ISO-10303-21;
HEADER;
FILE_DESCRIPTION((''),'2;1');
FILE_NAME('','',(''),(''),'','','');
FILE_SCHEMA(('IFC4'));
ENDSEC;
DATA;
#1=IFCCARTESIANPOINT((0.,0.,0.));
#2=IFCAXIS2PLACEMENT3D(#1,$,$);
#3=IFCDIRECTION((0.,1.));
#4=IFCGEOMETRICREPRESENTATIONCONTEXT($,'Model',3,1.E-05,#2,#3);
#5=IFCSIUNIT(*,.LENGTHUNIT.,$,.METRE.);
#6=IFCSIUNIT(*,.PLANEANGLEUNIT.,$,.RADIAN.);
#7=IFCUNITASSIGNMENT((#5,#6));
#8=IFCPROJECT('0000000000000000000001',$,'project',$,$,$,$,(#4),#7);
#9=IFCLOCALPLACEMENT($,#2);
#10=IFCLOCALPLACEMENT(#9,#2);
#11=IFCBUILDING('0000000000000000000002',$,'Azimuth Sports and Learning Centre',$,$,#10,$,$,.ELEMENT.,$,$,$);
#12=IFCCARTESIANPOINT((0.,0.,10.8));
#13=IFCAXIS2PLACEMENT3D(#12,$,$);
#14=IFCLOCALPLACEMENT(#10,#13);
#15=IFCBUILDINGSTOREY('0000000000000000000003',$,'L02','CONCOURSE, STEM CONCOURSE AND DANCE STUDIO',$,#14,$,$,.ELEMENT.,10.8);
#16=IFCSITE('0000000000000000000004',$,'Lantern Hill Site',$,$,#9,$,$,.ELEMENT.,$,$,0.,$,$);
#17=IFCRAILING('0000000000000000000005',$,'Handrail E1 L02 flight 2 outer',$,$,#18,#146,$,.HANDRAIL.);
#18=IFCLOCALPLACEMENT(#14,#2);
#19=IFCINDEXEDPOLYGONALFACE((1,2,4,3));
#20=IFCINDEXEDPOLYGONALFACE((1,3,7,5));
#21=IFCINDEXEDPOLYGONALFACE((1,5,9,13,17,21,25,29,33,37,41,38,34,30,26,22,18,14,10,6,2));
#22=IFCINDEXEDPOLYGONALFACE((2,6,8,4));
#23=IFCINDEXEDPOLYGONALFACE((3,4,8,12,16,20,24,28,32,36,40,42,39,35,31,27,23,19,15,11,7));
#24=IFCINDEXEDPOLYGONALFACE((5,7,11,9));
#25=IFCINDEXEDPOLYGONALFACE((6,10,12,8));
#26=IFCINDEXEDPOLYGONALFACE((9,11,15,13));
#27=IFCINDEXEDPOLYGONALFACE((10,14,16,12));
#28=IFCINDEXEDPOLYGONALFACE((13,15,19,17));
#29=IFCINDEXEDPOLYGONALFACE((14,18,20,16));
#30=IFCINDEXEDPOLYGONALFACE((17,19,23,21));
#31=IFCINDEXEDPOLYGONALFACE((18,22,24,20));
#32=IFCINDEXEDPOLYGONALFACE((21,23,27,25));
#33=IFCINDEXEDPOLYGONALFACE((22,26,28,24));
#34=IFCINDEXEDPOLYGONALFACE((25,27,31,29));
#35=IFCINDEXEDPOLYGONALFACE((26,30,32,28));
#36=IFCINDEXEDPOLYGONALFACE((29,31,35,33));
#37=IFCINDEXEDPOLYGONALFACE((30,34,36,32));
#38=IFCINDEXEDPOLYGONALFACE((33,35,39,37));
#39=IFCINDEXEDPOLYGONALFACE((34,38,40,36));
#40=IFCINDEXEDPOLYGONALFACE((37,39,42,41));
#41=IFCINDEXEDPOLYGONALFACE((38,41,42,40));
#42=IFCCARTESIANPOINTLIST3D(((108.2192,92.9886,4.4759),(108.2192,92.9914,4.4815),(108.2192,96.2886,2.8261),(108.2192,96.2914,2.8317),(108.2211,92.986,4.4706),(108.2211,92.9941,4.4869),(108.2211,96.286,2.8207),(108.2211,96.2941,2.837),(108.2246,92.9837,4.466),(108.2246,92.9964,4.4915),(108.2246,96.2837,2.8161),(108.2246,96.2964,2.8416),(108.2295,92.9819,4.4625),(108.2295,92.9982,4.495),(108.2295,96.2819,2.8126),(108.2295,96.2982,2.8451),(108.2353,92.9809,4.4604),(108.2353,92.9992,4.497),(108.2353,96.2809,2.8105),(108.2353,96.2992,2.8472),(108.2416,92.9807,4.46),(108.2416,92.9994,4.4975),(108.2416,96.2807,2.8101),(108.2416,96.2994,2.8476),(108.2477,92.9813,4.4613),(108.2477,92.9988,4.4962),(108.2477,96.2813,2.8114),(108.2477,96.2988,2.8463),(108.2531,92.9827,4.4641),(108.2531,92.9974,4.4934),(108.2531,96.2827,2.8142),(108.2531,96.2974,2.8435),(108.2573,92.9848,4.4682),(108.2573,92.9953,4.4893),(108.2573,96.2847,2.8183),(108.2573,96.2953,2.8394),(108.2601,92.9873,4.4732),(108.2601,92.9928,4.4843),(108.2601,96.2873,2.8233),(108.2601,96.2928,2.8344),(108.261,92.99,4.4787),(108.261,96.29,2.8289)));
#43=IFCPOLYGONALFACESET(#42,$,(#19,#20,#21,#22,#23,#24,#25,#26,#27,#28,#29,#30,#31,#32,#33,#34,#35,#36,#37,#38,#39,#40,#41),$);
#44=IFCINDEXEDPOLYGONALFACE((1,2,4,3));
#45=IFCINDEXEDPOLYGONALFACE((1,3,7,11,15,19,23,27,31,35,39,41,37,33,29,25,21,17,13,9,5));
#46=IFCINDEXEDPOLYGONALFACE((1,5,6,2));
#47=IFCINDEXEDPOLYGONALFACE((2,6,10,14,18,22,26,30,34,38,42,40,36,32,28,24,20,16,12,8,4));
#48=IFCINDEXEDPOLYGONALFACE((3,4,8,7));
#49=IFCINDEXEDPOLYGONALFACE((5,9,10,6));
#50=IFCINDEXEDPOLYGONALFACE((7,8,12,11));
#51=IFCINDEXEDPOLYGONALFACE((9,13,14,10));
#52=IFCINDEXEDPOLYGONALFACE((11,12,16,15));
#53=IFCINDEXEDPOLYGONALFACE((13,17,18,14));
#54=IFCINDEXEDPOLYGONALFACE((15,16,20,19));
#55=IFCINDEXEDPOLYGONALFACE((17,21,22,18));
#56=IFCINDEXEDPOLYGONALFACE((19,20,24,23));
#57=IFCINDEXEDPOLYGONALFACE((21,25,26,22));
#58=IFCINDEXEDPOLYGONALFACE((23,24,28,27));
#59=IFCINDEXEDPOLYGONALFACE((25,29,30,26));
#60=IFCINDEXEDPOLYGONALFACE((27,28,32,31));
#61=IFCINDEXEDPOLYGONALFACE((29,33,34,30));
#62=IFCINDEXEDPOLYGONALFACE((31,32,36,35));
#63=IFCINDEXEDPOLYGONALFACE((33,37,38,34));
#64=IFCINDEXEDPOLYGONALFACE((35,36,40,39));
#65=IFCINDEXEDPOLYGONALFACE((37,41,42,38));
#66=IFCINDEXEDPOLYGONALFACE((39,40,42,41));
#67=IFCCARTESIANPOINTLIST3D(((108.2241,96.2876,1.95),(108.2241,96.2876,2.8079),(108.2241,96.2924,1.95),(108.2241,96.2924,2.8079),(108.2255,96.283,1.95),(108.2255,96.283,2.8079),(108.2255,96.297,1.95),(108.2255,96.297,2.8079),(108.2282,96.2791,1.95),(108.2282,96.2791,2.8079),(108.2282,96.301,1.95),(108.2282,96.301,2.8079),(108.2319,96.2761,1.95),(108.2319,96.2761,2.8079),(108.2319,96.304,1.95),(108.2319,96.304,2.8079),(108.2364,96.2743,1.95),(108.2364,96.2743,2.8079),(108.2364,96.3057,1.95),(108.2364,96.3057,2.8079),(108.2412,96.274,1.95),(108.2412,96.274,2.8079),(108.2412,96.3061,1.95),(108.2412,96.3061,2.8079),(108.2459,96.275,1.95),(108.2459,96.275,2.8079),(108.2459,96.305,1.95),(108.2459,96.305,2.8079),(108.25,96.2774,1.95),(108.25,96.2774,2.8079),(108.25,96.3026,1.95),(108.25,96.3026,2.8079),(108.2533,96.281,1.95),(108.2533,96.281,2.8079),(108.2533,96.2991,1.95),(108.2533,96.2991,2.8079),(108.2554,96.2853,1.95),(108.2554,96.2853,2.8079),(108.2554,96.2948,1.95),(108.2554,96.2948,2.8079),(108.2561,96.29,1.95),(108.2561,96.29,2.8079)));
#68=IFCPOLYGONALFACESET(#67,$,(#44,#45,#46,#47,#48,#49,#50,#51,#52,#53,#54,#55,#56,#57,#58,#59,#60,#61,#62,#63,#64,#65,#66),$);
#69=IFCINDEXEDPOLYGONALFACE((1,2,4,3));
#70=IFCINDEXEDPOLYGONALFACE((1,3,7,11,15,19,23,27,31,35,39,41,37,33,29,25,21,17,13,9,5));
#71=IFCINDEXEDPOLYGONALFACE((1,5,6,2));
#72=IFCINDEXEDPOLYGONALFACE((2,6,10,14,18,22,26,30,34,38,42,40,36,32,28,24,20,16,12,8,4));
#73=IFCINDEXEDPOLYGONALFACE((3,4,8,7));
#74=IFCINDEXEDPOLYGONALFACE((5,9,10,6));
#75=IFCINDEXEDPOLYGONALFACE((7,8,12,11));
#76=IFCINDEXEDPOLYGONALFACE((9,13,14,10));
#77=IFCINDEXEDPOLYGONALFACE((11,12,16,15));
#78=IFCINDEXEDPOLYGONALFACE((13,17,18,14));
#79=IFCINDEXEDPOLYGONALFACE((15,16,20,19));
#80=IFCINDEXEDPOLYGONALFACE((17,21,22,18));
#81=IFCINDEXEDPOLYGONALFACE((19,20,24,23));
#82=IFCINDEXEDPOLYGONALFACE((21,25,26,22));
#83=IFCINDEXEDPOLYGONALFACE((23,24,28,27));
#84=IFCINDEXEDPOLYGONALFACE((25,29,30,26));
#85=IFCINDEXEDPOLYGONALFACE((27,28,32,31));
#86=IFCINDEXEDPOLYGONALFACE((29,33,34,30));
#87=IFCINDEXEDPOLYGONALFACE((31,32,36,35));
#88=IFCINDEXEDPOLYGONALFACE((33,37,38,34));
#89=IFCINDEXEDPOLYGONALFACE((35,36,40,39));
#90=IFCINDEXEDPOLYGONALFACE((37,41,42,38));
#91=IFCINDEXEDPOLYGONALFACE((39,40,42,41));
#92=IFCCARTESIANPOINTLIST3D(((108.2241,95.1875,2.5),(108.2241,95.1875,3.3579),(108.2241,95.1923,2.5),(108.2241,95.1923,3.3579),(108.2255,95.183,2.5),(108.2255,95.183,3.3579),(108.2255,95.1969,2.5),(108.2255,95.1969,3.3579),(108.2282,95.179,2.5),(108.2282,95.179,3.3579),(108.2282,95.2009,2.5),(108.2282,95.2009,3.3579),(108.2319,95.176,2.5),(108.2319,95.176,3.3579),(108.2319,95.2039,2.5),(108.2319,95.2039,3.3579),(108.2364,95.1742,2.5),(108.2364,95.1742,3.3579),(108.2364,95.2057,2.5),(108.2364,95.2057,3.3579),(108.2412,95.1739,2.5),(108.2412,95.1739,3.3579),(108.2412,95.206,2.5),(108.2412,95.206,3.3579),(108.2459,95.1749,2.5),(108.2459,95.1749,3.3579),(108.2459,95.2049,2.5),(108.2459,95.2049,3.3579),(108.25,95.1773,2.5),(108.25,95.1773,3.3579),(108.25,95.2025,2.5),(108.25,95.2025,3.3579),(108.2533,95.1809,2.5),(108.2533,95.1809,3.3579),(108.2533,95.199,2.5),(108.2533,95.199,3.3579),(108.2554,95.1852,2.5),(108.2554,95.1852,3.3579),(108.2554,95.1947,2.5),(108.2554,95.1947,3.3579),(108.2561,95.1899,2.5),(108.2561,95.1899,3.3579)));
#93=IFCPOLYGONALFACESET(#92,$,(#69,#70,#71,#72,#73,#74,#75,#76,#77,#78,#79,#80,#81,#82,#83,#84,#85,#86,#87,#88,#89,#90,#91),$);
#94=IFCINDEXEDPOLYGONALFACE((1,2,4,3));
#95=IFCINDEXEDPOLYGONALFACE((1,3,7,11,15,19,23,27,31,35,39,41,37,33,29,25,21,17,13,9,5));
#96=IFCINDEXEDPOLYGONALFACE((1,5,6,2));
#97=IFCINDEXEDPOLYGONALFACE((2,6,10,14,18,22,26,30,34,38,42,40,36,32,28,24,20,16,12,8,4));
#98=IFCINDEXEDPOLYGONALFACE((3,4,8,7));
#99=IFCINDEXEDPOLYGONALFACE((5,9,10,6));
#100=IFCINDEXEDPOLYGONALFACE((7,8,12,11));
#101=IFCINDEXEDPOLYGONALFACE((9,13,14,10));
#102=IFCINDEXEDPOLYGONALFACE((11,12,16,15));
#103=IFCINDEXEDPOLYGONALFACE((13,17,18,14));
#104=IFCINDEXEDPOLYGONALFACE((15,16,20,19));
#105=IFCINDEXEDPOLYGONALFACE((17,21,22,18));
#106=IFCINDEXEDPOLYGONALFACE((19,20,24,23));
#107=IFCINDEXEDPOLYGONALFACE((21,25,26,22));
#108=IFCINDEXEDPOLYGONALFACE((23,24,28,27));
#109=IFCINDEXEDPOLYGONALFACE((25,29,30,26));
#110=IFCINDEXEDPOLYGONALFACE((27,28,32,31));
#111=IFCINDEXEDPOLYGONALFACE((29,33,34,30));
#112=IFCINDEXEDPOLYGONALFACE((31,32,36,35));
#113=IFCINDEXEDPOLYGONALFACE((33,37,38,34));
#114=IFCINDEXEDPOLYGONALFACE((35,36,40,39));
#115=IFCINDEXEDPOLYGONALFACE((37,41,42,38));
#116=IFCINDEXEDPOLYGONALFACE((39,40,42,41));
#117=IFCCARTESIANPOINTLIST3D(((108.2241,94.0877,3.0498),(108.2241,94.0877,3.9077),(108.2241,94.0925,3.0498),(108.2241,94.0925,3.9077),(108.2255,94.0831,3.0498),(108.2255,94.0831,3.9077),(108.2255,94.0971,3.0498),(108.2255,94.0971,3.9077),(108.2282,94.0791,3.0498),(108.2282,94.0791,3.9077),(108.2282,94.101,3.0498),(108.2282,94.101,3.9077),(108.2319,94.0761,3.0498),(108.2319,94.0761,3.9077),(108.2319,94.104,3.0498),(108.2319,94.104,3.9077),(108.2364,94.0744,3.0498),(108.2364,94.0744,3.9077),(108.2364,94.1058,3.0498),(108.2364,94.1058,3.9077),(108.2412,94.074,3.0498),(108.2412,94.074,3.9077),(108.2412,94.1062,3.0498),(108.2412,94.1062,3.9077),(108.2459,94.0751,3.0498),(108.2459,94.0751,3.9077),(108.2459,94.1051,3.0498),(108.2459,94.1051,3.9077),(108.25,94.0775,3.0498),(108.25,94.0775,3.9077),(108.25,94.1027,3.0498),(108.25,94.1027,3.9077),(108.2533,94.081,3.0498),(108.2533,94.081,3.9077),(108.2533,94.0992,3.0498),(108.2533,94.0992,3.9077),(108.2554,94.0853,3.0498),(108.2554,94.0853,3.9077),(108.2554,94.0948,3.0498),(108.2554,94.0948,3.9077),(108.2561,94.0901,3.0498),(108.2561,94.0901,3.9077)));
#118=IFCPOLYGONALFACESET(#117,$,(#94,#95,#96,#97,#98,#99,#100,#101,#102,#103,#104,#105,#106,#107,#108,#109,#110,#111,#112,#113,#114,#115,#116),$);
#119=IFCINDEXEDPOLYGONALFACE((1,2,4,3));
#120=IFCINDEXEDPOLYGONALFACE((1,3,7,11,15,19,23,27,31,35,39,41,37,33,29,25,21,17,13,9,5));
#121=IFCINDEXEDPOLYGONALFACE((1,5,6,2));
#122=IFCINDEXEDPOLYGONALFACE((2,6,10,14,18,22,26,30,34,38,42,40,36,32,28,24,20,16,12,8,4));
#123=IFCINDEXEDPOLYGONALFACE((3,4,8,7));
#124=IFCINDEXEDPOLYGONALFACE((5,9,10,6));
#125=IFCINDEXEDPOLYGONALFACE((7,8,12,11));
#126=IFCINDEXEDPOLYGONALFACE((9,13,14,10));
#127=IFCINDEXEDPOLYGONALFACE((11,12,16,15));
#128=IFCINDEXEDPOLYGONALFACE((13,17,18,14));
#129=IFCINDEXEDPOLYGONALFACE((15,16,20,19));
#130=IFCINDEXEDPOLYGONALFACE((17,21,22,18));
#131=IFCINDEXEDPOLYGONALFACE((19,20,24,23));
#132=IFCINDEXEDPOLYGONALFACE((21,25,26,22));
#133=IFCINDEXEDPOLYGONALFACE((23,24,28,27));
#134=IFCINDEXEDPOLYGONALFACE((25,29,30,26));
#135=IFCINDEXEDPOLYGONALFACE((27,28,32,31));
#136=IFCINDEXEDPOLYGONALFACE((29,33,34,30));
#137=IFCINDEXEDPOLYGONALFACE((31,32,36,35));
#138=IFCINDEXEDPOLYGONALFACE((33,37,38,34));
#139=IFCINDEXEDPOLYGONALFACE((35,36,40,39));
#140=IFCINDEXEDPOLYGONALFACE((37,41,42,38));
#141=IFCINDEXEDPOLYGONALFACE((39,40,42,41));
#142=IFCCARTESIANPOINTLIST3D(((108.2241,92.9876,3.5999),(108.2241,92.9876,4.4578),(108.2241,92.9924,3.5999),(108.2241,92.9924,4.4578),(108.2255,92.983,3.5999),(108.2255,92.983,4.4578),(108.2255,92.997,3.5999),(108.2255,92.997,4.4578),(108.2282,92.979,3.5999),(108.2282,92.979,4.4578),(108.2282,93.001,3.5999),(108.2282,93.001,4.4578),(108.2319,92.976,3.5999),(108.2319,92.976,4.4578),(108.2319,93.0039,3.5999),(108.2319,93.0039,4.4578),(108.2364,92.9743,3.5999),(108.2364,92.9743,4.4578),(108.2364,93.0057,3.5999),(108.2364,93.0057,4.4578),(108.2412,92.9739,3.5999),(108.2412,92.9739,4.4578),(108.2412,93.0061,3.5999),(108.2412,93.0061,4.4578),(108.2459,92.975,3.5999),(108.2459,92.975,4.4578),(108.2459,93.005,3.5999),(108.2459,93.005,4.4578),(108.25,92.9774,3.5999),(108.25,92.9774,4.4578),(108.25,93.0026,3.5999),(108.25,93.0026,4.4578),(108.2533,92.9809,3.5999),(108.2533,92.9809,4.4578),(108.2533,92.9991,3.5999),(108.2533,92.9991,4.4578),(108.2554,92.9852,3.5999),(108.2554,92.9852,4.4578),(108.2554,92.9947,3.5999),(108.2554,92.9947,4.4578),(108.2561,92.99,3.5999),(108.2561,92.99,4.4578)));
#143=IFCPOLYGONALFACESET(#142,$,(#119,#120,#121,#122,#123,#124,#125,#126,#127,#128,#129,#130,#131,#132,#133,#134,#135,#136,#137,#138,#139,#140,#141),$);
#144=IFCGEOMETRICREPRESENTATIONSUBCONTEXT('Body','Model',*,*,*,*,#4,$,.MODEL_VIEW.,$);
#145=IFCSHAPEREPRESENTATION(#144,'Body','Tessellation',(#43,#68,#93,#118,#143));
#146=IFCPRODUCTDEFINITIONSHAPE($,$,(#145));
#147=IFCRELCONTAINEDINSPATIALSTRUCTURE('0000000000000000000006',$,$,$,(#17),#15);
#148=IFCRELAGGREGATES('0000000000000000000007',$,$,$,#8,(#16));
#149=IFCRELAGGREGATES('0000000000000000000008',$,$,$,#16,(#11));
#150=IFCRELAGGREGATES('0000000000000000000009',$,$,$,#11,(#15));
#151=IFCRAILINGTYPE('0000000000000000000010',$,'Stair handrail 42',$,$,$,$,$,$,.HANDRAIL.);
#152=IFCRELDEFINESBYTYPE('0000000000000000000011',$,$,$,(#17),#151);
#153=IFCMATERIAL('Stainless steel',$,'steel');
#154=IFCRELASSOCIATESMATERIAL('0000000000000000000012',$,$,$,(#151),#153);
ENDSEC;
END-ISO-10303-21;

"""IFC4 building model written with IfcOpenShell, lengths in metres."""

from ifc_helpers import new_model, si_unit, direction, frame, origin, origin_2d, place, context, subcontext, project, spatial, circle, extrude, material, type_object, element, save


model = new_model("IFC4")

# Units and contexts
model_context = context("Model", 3, precision=1e-05, world=origin(), true_north=direction((0.0, 1.0)))
body_context = subcontext(model_context, "Body", "Model", "MODEL_VIEW")
ifc_project = project(units=[si_unit("LENGTHUNIT", "METRE"), si_unit("PLANEANGLEUNIT", "RADIAN")], contexts=[model_context])

# Site, building, storey
site_placement = place(None, origin())
site = spatial("IfcSite", under=ifc_project, at=site_placement, Name="Lantern Hill Site", CompositionType="ELEMENT", RefElevation=0.0)
building_placement = place(site_placement, origin())
building = spatial("IfcBuilding", under=site, at=building_placement, Name="Azimuth Sports and Learning Centre", CompositionType="ELEMENT")
storey_placement = place(building_placement, frame((0.0, 0.0, 10.8)))
storey = spatial("IfcBuildingStorey", under=building, at=storey_placement, Name="L02", Description="CONCOURSE, STEM CONCOURSE AND DANCE STUDIO", CompositionType="ELEMENT", Elevation=10.8)

# Railing
ifc_material_1 = material(Name="Stainless steel", Category="steel")
railing_type_1 = type_object("IfcRailingType", Name="Stair handrail 42", PredefinedType="HANDRAIL", material=ifc_material_1)
for number, where, name in (
    (1, (108.24, 96.29, 1.95), "Handrail E1 L02 flight 2 outer"),
):
    element("IfcRailing", number, at=place(storey_placement, frame(where)), inside=storey, type_object=railing_type_1, Name=name, PredefinedType="HANDRAIL", context=body_context, shape_type="SweptSolid", body=[
        extrude(circle(Radius=0.021, at=origin_2d()), frame((0.0, 0.0, 0.8789), z_axis=(0.0, -0.89444, 0.447187), x_axis=(1.0, 0.0, 0.0)), (0.0, 0.0, 1.0), 3.6895),
        extrude(circle(Radius=0.0161, at=origin_2d()), origin(), (0.0, 0.0, 1.0), 0.8579),
        extrude(circle(Radius=0.0161, at=origin_2d()), frame((0.0, -1.1001, 0.55)), (0.0, 0.0, 1.0), 0.8579),
        extrude(circle(Radius=0.0161, at=origin_2d()), frame((0.0, -2.2, 1.0999)), (0.0, 0.0, 1.0), 0.8579),
        extrude(circle(Radius=0.0161, at=origin_2d()), frame((0.0, -3.3, 1.6499)), (0.0, 0.0, 1.0), 0.8579),
    ])

save(model, "model.ifc")
